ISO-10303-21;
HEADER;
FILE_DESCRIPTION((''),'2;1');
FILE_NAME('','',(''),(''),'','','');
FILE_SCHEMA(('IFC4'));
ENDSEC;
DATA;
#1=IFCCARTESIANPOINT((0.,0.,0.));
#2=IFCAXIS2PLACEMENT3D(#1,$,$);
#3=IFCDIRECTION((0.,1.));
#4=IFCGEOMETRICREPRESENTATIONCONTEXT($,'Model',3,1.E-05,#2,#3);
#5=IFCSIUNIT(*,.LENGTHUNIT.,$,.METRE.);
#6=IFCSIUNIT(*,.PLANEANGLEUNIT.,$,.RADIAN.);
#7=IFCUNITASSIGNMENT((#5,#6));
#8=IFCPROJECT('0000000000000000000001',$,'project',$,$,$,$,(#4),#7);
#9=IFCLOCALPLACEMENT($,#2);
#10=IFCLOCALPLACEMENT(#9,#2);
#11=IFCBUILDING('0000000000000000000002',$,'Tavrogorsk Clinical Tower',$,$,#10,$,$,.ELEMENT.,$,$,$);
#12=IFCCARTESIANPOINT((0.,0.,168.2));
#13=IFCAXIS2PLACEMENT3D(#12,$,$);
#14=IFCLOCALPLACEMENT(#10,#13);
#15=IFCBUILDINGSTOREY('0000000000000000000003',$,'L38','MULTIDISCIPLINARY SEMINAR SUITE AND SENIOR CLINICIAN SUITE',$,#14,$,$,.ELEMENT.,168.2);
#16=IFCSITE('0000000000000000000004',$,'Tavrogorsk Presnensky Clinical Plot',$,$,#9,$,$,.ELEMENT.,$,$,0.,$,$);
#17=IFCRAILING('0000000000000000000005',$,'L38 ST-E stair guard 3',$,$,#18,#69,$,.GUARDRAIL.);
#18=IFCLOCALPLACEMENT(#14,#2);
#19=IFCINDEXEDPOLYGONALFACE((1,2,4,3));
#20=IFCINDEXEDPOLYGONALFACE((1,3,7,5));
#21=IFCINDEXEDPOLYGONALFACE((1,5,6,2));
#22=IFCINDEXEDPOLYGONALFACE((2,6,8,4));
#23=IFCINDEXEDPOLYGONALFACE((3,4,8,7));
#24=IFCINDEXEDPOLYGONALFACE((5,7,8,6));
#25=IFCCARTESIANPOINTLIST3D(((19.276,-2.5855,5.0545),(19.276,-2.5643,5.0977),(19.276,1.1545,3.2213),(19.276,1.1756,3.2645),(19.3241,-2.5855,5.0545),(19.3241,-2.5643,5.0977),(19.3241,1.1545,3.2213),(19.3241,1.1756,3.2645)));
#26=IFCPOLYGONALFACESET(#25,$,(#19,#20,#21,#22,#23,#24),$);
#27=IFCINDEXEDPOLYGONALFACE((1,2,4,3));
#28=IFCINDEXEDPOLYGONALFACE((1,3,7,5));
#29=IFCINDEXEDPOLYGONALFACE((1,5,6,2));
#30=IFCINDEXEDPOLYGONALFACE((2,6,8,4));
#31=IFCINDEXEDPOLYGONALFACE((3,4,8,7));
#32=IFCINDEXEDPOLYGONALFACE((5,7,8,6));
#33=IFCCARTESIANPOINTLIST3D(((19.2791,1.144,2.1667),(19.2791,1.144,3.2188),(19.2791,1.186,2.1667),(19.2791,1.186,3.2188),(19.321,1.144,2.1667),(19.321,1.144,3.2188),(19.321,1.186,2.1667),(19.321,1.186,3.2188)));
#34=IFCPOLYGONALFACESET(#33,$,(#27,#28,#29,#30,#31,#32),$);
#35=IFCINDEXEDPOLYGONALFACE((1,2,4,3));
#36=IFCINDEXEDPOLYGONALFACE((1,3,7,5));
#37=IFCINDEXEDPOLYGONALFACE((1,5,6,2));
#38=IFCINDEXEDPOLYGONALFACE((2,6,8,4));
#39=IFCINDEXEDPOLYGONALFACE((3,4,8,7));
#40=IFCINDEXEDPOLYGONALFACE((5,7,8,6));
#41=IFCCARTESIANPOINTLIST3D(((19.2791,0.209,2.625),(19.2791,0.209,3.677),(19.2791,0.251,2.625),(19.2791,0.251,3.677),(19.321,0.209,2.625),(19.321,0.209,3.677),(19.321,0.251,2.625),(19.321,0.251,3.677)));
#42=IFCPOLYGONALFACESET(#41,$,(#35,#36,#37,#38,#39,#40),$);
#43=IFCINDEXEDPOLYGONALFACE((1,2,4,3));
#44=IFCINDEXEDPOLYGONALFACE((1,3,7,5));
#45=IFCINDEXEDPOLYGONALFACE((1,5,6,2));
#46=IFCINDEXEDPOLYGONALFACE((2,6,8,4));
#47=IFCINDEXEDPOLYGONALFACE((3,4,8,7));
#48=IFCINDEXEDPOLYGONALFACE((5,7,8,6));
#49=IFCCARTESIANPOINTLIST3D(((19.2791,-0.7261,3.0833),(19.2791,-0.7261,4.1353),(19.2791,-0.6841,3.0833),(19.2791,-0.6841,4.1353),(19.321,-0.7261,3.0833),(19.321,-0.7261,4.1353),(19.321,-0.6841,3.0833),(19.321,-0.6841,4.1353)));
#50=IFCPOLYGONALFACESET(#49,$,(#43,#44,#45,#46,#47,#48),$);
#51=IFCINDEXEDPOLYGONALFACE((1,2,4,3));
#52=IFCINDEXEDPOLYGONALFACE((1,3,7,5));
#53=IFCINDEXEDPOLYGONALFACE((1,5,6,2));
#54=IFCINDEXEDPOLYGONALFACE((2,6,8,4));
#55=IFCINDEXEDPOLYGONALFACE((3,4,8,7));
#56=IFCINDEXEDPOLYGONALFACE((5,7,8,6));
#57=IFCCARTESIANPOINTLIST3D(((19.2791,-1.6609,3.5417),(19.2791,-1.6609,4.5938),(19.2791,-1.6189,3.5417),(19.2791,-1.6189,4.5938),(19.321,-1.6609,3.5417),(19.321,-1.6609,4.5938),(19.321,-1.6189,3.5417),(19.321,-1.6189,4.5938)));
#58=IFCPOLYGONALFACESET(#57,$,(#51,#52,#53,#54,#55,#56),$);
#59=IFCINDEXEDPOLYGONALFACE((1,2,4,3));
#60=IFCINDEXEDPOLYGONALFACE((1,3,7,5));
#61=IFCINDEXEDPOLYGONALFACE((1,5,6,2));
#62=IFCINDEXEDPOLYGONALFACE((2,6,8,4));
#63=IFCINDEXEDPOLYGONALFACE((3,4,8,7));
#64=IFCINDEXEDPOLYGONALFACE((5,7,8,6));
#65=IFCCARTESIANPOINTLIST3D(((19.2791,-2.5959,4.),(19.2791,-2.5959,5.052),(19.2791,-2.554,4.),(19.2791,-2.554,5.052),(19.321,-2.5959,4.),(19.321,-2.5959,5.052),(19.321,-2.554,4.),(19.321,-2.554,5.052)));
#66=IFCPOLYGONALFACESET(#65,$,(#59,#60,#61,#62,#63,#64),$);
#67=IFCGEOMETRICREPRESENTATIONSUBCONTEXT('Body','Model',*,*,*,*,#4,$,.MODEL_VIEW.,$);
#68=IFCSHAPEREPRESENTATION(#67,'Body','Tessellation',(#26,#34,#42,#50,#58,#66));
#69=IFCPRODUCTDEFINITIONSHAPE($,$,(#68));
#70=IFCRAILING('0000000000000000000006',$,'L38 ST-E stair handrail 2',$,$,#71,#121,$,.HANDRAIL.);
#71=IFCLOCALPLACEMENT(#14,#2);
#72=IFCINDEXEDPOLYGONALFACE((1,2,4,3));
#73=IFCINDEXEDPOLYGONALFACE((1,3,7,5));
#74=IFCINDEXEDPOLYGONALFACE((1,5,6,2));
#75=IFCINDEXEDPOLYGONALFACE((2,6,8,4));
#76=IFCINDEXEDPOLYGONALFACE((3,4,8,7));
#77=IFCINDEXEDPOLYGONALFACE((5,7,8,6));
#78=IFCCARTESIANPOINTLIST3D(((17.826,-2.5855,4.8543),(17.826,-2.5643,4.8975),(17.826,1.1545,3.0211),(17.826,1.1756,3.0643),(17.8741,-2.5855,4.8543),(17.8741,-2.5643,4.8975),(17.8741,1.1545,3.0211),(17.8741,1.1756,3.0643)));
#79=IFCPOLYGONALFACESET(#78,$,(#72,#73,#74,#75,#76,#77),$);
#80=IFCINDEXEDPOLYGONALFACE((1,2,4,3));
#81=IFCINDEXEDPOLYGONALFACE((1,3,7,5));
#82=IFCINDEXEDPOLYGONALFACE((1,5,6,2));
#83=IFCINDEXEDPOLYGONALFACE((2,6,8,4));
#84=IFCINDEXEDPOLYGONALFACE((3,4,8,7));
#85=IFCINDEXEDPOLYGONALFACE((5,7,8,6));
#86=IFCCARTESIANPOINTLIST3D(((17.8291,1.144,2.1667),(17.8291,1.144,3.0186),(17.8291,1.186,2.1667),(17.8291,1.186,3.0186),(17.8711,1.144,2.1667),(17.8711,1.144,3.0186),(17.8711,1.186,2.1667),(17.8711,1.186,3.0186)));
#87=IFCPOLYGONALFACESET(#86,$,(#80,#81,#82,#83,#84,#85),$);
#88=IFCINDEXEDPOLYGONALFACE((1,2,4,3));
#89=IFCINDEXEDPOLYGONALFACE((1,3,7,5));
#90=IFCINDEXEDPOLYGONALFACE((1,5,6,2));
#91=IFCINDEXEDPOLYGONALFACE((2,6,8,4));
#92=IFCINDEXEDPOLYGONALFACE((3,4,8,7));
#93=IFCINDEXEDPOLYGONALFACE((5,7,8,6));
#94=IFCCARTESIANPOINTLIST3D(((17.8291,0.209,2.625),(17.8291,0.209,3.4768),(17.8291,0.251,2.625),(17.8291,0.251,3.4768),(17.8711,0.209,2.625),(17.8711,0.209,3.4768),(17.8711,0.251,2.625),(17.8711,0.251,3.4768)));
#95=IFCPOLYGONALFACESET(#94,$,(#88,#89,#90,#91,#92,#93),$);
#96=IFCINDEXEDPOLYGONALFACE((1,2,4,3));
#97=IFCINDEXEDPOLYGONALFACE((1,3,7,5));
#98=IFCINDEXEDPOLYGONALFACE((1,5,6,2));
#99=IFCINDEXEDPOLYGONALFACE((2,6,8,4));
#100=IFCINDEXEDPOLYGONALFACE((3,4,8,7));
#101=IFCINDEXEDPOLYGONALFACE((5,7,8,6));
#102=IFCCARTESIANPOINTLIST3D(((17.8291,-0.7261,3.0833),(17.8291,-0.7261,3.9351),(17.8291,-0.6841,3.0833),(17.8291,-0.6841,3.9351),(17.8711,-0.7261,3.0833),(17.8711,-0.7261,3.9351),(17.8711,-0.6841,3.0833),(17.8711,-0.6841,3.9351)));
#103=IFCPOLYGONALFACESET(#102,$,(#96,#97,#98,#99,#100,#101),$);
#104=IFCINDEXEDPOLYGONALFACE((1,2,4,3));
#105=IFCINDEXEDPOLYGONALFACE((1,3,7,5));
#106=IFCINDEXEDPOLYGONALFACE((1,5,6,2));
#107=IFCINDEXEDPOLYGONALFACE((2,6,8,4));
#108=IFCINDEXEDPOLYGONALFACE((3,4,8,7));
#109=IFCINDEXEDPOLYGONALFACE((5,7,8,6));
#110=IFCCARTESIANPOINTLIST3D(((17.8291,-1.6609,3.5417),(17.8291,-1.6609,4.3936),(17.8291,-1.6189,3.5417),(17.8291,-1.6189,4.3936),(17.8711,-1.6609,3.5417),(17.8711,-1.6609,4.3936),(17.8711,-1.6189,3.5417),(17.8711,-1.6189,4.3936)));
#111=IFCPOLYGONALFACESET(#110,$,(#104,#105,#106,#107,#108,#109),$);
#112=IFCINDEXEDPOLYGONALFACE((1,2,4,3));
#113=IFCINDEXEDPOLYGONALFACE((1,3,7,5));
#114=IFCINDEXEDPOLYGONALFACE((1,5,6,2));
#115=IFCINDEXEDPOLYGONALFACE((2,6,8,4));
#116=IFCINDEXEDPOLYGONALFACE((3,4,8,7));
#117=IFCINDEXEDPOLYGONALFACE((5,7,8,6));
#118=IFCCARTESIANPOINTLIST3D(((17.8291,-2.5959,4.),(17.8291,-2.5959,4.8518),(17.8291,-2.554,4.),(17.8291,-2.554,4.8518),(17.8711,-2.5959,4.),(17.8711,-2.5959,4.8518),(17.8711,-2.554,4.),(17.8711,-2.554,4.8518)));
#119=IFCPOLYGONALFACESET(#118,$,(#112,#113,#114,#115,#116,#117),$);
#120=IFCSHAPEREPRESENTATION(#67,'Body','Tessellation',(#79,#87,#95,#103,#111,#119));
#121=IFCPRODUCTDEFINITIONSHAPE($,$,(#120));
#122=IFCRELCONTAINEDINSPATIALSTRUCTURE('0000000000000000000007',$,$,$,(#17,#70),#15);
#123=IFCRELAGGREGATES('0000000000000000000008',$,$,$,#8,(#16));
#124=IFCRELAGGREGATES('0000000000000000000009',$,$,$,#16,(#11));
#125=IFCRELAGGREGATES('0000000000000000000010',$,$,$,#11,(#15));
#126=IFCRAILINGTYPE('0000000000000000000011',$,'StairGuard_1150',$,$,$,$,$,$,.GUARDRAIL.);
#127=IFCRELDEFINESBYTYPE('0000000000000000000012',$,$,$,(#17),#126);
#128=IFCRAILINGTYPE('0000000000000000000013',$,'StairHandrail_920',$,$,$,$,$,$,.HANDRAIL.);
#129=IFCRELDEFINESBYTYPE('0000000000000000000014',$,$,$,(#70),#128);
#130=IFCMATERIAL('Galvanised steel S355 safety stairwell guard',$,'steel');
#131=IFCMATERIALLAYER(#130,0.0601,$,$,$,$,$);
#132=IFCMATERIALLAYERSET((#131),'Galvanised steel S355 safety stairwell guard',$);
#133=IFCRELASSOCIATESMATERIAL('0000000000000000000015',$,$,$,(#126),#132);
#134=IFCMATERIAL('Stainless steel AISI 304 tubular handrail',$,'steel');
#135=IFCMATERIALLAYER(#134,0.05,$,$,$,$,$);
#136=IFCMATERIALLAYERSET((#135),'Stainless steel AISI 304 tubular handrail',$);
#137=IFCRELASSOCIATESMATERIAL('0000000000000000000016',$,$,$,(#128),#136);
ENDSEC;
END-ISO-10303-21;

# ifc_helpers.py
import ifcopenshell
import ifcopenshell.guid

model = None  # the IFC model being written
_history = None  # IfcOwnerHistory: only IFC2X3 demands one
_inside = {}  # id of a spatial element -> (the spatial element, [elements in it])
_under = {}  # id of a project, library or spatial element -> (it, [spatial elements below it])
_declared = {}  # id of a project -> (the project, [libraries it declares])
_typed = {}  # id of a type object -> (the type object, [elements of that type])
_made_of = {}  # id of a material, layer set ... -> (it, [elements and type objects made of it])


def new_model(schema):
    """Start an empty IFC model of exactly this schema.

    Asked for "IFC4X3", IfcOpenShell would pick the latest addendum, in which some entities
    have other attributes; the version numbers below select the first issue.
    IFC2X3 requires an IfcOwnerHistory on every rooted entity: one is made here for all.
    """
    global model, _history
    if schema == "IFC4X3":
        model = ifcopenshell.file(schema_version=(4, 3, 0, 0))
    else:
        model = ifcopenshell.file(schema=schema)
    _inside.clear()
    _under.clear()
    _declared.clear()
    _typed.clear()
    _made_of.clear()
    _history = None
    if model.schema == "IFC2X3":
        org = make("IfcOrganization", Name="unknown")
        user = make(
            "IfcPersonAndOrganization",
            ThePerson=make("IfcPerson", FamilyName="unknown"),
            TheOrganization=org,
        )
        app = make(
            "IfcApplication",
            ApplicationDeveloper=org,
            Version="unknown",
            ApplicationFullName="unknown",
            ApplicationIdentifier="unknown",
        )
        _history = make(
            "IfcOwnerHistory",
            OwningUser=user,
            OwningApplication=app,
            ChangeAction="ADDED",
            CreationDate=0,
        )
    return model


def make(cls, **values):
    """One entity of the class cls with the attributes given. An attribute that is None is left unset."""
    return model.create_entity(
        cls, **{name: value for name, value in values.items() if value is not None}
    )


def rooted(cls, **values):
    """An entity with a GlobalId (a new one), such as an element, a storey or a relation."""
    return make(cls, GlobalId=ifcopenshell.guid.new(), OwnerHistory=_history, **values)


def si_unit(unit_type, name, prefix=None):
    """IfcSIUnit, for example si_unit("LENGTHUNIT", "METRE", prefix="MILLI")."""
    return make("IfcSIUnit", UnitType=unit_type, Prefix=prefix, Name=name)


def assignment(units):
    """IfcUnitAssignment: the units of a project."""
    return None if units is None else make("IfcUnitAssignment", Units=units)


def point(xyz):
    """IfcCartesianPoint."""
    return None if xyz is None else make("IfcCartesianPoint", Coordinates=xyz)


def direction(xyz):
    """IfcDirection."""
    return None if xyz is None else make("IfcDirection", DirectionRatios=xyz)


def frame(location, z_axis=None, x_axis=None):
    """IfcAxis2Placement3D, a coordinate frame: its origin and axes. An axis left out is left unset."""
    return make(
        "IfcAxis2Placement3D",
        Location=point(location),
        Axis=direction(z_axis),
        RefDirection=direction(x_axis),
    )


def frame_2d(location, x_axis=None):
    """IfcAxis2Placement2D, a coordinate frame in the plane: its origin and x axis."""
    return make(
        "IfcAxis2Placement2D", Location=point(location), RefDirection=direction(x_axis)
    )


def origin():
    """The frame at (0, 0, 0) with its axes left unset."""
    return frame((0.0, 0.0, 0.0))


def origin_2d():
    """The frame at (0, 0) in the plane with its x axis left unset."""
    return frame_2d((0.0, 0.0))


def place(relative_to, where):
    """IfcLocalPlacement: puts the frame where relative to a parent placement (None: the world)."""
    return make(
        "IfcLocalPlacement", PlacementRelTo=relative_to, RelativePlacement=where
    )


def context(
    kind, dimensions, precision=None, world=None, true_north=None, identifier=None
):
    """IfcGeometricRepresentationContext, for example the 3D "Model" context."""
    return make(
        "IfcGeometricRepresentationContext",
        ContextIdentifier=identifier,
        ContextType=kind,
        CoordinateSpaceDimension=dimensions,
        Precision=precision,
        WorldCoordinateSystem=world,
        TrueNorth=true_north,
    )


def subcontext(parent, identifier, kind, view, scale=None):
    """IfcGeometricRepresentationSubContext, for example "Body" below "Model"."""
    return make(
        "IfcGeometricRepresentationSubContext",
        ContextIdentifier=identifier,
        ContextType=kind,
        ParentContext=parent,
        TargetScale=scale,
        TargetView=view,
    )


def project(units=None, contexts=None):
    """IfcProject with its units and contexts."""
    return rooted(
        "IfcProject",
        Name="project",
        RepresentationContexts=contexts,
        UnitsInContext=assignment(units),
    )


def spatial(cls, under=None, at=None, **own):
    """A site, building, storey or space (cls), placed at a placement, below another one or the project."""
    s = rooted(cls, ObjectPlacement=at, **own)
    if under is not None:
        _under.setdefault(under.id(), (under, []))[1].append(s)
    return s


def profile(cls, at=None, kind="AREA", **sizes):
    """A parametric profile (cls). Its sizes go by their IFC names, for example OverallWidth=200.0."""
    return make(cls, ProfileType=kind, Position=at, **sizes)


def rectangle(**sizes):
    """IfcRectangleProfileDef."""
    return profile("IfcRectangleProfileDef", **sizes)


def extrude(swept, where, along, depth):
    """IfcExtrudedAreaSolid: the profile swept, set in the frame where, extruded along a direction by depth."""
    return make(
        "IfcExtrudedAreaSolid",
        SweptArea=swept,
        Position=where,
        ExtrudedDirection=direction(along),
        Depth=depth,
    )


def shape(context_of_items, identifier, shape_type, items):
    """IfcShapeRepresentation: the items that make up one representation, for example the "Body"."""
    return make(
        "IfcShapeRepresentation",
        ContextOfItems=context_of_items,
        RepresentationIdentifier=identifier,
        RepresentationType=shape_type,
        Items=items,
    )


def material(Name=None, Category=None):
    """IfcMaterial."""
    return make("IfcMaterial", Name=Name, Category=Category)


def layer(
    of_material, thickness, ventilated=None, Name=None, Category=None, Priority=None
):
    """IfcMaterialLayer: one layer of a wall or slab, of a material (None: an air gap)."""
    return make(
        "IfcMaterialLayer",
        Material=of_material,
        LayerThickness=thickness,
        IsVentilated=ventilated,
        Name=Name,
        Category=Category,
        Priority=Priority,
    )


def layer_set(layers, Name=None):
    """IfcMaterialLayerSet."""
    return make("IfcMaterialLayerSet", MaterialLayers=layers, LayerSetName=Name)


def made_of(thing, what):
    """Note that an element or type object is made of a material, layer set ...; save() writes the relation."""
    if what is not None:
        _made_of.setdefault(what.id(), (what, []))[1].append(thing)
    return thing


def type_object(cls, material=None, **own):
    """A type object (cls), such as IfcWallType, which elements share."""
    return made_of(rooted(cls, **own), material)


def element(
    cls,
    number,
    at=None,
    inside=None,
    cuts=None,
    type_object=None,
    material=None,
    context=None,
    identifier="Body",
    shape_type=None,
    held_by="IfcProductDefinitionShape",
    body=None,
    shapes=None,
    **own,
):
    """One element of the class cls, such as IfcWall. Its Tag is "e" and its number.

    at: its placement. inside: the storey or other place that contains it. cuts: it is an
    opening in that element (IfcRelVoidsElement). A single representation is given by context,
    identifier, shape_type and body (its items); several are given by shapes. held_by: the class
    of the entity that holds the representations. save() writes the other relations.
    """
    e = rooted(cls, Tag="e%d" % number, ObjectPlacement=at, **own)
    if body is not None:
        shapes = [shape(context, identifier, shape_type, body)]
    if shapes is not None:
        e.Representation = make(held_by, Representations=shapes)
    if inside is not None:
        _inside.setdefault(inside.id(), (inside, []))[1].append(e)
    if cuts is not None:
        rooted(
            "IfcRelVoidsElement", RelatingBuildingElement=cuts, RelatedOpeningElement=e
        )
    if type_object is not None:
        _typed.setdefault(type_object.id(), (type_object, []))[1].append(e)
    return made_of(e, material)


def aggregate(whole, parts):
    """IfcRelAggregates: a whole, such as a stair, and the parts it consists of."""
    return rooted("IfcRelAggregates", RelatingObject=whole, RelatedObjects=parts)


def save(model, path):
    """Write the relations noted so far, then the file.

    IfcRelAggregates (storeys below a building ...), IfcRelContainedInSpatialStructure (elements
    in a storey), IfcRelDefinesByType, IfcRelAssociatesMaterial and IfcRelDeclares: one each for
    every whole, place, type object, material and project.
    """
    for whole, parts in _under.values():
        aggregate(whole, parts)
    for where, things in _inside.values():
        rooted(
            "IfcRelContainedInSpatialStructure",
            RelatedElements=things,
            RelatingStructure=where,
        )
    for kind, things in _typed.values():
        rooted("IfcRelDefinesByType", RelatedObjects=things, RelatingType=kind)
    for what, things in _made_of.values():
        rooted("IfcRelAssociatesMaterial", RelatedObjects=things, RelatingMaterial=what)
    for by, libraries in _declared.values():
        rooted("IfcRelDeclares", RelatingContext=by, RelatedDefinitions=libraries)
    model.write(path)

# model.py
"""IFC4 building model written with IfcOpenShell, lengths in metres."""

from ifc_helpers import new_model, si_unit, direction, frame, origin, origin_2d, place, context, subcontext, project, spatial, rectangle, extrude, material, layer, layer_set, type_object, element, save


model = new_model("IFC4")

# Units and contexts
model_context = context("Model", 3, precision=1e-05, world=origin(), true_north=direction((0.0, 1.0)))
body_context = subcontext(model_context, "Body", "Model", "MODEL_VIEW")
ifc_project = project(units=[si_unit("LENGTHUNIT", "METRE"), si_unit("PLANEANGLEUNIT", "RADIAN")], contexts=[model_context])

# Site, building, storey
site_placement = place(None, origin())
site = spatial("IfcSite", under=ifc_project, at=site_placement, Name="Tavrogorsk Presnensky Clinical Plot", CompositionType="ELEMENT", RefElevation=0.0)
building_placement = place(site_placement, origin())
building = spatial("IfcBuilding", under=site, at=building_placement, Name="Tavrogorsk Clinical Tower", CompositionType="ELEMENT")
storey_placement = place(building_placement, frame((0.0, 0.0, 168.2)))
storey = spatial("IfcBuildingStorey", under=building, at=storey_placement, Name="L38", Description="MULTIDISCIPLINARY SEMINAR SUITE AND SENIOR CLINICIAN SUITE", CompositionType="ELEMENT", Elevation=168.2)

# Railings
ifc_material_1 = material(Name="Galvanised steel S355 safety stairwell guard", Category="steel")
ifc_layer_1 = layer(ifc_material_1, 0.0601)
ifc_layer_set_1 = layer_set([ifc_layer_1], Name="Galvanised steel S355 safety stairwell guard")
railing_type_1 = type_object("IfcRailingType", Name="StairGuard_1150", PredefinedType="GUARDRAIL", material=ifc_layer_set_1)
railing_1_placement = place(storey_placement, frame((19.3, 1.165, 2.1667)))
element("IfcRailing", 1, at=railing_1_placement, inside=storey, type_object=railing_type_1, Name="L38 ST-E stair guard 3", PredefinedType="GUARDRAIL", context=body_context, shape_type="SweptSolid", body=[
    extrude(rectangle(XDim=0.0481, YDim=0.0481, at=origin_2d()), frame((0.0, 0.0, 1.0762), z_axis=(0.0, -0.897928, 0.440142), x_axis=(1.0, 0.0, 0.0)), (0.0, 0.0, 1.0), 4.165),
    extrude(rectangle(XDim=0.042, YDim=0.042, at=origin_2d()), origin(), (0.0, 0.0, 1.0), 1.052),
    extrude(rectangle(XDim=0.042, YDim=0.042, at=origin_2d()), frame((0.0, -0.9351, 0.4583)), (0.0, 0.0, 1.0), 1.052),
    extrude(rectangle(XDim=0.042, YDim=0.042, at=origin_2d()), frame((0.0, -1.8701, 0.9165)), (0.0, 0.0, 1.0), 1.052),
    extrude(rectangle(XDim=0.042, YDim=0.042, at=origin_2d()), frame((0.0, -2.8049, 1.375)), (0.0, 0.0, 1.0), 1.052),
    extrude(rectangle(XDim=0.042, YDim=0.042, at=origin_2d()), frame((0.0, -3.74, 1.8333)), (0.0, 0.0, 1.0), 1.052),
])
ifc_material_2 = material(Name="Stainless steel AISI 304 tubular handrail", Category="steel")
ifc_layer_2 = layer(ifc_material_2, 0.05)
ifc_layer_set_2 = layer_set([ifc_layer_2], Name="Stainless steel AISI 304 tubular handrail")
railing_type_2 = type_object("IfcRailingType", Name="StairHandrail_920", PredefinedType="HANDRAIL", material=ifc_layer_set_2)
railing_2_placement = place(storey_placement, frame((17.8501, 1.165, 2.1667)))
element("IfcRailing", 2, at=railing_2_placement, inside=storey, type_object=railing_type_2, Name="L38 ST-E stair handrail 2", PredefinedType="HANDRAIL", context=body_context, shape_type="SweptSolid", body=[
    extrude(rectangle(XDim=0.0481, YDim=0.0481, at=origin_2d()), frame((0.0, 0.0, 0.876), z_axis=(0.0, -0.897928, 0.440142), x_axis=(1.0, 0.0, 0.0)), (0.0, 0.0, 1.0), 4.165),
    extrude(rectangle(XDim=0.042, YDim=0.042, at=origin_2d()), origin(), (0.0, 0.0, 1.0), 0.8518),
    extrude(rectangle(XDim=0.042, YDim=0.042, at=origin_2d()), frame((0.0, -0.9351, 0.4583)), (0.0, 0.0, 1.0), 0.8518),
    extrude(rectangle(XDim=0.042, YDim=0.042, at=origin_2d()), frame((0.0, -1.8701, 0.9165)), (0.0, 0.0, 1.0), 0.8518),
    extrude(rectangle(XDim=0.042, YDim=0.042, at=origin_2d()), frame((0.0, -2.8049, 1.375)), (0.0, 0.0, 1.0), 0.8518),
    extrude(rectangle(XDim=0.042, YDim=0.042, at=origin_2d()), frame((0.0, -3.74, 1.8333)), (0.0, 0.0, 1.0), 0.8518),
])

save(model, "model.ifc")
